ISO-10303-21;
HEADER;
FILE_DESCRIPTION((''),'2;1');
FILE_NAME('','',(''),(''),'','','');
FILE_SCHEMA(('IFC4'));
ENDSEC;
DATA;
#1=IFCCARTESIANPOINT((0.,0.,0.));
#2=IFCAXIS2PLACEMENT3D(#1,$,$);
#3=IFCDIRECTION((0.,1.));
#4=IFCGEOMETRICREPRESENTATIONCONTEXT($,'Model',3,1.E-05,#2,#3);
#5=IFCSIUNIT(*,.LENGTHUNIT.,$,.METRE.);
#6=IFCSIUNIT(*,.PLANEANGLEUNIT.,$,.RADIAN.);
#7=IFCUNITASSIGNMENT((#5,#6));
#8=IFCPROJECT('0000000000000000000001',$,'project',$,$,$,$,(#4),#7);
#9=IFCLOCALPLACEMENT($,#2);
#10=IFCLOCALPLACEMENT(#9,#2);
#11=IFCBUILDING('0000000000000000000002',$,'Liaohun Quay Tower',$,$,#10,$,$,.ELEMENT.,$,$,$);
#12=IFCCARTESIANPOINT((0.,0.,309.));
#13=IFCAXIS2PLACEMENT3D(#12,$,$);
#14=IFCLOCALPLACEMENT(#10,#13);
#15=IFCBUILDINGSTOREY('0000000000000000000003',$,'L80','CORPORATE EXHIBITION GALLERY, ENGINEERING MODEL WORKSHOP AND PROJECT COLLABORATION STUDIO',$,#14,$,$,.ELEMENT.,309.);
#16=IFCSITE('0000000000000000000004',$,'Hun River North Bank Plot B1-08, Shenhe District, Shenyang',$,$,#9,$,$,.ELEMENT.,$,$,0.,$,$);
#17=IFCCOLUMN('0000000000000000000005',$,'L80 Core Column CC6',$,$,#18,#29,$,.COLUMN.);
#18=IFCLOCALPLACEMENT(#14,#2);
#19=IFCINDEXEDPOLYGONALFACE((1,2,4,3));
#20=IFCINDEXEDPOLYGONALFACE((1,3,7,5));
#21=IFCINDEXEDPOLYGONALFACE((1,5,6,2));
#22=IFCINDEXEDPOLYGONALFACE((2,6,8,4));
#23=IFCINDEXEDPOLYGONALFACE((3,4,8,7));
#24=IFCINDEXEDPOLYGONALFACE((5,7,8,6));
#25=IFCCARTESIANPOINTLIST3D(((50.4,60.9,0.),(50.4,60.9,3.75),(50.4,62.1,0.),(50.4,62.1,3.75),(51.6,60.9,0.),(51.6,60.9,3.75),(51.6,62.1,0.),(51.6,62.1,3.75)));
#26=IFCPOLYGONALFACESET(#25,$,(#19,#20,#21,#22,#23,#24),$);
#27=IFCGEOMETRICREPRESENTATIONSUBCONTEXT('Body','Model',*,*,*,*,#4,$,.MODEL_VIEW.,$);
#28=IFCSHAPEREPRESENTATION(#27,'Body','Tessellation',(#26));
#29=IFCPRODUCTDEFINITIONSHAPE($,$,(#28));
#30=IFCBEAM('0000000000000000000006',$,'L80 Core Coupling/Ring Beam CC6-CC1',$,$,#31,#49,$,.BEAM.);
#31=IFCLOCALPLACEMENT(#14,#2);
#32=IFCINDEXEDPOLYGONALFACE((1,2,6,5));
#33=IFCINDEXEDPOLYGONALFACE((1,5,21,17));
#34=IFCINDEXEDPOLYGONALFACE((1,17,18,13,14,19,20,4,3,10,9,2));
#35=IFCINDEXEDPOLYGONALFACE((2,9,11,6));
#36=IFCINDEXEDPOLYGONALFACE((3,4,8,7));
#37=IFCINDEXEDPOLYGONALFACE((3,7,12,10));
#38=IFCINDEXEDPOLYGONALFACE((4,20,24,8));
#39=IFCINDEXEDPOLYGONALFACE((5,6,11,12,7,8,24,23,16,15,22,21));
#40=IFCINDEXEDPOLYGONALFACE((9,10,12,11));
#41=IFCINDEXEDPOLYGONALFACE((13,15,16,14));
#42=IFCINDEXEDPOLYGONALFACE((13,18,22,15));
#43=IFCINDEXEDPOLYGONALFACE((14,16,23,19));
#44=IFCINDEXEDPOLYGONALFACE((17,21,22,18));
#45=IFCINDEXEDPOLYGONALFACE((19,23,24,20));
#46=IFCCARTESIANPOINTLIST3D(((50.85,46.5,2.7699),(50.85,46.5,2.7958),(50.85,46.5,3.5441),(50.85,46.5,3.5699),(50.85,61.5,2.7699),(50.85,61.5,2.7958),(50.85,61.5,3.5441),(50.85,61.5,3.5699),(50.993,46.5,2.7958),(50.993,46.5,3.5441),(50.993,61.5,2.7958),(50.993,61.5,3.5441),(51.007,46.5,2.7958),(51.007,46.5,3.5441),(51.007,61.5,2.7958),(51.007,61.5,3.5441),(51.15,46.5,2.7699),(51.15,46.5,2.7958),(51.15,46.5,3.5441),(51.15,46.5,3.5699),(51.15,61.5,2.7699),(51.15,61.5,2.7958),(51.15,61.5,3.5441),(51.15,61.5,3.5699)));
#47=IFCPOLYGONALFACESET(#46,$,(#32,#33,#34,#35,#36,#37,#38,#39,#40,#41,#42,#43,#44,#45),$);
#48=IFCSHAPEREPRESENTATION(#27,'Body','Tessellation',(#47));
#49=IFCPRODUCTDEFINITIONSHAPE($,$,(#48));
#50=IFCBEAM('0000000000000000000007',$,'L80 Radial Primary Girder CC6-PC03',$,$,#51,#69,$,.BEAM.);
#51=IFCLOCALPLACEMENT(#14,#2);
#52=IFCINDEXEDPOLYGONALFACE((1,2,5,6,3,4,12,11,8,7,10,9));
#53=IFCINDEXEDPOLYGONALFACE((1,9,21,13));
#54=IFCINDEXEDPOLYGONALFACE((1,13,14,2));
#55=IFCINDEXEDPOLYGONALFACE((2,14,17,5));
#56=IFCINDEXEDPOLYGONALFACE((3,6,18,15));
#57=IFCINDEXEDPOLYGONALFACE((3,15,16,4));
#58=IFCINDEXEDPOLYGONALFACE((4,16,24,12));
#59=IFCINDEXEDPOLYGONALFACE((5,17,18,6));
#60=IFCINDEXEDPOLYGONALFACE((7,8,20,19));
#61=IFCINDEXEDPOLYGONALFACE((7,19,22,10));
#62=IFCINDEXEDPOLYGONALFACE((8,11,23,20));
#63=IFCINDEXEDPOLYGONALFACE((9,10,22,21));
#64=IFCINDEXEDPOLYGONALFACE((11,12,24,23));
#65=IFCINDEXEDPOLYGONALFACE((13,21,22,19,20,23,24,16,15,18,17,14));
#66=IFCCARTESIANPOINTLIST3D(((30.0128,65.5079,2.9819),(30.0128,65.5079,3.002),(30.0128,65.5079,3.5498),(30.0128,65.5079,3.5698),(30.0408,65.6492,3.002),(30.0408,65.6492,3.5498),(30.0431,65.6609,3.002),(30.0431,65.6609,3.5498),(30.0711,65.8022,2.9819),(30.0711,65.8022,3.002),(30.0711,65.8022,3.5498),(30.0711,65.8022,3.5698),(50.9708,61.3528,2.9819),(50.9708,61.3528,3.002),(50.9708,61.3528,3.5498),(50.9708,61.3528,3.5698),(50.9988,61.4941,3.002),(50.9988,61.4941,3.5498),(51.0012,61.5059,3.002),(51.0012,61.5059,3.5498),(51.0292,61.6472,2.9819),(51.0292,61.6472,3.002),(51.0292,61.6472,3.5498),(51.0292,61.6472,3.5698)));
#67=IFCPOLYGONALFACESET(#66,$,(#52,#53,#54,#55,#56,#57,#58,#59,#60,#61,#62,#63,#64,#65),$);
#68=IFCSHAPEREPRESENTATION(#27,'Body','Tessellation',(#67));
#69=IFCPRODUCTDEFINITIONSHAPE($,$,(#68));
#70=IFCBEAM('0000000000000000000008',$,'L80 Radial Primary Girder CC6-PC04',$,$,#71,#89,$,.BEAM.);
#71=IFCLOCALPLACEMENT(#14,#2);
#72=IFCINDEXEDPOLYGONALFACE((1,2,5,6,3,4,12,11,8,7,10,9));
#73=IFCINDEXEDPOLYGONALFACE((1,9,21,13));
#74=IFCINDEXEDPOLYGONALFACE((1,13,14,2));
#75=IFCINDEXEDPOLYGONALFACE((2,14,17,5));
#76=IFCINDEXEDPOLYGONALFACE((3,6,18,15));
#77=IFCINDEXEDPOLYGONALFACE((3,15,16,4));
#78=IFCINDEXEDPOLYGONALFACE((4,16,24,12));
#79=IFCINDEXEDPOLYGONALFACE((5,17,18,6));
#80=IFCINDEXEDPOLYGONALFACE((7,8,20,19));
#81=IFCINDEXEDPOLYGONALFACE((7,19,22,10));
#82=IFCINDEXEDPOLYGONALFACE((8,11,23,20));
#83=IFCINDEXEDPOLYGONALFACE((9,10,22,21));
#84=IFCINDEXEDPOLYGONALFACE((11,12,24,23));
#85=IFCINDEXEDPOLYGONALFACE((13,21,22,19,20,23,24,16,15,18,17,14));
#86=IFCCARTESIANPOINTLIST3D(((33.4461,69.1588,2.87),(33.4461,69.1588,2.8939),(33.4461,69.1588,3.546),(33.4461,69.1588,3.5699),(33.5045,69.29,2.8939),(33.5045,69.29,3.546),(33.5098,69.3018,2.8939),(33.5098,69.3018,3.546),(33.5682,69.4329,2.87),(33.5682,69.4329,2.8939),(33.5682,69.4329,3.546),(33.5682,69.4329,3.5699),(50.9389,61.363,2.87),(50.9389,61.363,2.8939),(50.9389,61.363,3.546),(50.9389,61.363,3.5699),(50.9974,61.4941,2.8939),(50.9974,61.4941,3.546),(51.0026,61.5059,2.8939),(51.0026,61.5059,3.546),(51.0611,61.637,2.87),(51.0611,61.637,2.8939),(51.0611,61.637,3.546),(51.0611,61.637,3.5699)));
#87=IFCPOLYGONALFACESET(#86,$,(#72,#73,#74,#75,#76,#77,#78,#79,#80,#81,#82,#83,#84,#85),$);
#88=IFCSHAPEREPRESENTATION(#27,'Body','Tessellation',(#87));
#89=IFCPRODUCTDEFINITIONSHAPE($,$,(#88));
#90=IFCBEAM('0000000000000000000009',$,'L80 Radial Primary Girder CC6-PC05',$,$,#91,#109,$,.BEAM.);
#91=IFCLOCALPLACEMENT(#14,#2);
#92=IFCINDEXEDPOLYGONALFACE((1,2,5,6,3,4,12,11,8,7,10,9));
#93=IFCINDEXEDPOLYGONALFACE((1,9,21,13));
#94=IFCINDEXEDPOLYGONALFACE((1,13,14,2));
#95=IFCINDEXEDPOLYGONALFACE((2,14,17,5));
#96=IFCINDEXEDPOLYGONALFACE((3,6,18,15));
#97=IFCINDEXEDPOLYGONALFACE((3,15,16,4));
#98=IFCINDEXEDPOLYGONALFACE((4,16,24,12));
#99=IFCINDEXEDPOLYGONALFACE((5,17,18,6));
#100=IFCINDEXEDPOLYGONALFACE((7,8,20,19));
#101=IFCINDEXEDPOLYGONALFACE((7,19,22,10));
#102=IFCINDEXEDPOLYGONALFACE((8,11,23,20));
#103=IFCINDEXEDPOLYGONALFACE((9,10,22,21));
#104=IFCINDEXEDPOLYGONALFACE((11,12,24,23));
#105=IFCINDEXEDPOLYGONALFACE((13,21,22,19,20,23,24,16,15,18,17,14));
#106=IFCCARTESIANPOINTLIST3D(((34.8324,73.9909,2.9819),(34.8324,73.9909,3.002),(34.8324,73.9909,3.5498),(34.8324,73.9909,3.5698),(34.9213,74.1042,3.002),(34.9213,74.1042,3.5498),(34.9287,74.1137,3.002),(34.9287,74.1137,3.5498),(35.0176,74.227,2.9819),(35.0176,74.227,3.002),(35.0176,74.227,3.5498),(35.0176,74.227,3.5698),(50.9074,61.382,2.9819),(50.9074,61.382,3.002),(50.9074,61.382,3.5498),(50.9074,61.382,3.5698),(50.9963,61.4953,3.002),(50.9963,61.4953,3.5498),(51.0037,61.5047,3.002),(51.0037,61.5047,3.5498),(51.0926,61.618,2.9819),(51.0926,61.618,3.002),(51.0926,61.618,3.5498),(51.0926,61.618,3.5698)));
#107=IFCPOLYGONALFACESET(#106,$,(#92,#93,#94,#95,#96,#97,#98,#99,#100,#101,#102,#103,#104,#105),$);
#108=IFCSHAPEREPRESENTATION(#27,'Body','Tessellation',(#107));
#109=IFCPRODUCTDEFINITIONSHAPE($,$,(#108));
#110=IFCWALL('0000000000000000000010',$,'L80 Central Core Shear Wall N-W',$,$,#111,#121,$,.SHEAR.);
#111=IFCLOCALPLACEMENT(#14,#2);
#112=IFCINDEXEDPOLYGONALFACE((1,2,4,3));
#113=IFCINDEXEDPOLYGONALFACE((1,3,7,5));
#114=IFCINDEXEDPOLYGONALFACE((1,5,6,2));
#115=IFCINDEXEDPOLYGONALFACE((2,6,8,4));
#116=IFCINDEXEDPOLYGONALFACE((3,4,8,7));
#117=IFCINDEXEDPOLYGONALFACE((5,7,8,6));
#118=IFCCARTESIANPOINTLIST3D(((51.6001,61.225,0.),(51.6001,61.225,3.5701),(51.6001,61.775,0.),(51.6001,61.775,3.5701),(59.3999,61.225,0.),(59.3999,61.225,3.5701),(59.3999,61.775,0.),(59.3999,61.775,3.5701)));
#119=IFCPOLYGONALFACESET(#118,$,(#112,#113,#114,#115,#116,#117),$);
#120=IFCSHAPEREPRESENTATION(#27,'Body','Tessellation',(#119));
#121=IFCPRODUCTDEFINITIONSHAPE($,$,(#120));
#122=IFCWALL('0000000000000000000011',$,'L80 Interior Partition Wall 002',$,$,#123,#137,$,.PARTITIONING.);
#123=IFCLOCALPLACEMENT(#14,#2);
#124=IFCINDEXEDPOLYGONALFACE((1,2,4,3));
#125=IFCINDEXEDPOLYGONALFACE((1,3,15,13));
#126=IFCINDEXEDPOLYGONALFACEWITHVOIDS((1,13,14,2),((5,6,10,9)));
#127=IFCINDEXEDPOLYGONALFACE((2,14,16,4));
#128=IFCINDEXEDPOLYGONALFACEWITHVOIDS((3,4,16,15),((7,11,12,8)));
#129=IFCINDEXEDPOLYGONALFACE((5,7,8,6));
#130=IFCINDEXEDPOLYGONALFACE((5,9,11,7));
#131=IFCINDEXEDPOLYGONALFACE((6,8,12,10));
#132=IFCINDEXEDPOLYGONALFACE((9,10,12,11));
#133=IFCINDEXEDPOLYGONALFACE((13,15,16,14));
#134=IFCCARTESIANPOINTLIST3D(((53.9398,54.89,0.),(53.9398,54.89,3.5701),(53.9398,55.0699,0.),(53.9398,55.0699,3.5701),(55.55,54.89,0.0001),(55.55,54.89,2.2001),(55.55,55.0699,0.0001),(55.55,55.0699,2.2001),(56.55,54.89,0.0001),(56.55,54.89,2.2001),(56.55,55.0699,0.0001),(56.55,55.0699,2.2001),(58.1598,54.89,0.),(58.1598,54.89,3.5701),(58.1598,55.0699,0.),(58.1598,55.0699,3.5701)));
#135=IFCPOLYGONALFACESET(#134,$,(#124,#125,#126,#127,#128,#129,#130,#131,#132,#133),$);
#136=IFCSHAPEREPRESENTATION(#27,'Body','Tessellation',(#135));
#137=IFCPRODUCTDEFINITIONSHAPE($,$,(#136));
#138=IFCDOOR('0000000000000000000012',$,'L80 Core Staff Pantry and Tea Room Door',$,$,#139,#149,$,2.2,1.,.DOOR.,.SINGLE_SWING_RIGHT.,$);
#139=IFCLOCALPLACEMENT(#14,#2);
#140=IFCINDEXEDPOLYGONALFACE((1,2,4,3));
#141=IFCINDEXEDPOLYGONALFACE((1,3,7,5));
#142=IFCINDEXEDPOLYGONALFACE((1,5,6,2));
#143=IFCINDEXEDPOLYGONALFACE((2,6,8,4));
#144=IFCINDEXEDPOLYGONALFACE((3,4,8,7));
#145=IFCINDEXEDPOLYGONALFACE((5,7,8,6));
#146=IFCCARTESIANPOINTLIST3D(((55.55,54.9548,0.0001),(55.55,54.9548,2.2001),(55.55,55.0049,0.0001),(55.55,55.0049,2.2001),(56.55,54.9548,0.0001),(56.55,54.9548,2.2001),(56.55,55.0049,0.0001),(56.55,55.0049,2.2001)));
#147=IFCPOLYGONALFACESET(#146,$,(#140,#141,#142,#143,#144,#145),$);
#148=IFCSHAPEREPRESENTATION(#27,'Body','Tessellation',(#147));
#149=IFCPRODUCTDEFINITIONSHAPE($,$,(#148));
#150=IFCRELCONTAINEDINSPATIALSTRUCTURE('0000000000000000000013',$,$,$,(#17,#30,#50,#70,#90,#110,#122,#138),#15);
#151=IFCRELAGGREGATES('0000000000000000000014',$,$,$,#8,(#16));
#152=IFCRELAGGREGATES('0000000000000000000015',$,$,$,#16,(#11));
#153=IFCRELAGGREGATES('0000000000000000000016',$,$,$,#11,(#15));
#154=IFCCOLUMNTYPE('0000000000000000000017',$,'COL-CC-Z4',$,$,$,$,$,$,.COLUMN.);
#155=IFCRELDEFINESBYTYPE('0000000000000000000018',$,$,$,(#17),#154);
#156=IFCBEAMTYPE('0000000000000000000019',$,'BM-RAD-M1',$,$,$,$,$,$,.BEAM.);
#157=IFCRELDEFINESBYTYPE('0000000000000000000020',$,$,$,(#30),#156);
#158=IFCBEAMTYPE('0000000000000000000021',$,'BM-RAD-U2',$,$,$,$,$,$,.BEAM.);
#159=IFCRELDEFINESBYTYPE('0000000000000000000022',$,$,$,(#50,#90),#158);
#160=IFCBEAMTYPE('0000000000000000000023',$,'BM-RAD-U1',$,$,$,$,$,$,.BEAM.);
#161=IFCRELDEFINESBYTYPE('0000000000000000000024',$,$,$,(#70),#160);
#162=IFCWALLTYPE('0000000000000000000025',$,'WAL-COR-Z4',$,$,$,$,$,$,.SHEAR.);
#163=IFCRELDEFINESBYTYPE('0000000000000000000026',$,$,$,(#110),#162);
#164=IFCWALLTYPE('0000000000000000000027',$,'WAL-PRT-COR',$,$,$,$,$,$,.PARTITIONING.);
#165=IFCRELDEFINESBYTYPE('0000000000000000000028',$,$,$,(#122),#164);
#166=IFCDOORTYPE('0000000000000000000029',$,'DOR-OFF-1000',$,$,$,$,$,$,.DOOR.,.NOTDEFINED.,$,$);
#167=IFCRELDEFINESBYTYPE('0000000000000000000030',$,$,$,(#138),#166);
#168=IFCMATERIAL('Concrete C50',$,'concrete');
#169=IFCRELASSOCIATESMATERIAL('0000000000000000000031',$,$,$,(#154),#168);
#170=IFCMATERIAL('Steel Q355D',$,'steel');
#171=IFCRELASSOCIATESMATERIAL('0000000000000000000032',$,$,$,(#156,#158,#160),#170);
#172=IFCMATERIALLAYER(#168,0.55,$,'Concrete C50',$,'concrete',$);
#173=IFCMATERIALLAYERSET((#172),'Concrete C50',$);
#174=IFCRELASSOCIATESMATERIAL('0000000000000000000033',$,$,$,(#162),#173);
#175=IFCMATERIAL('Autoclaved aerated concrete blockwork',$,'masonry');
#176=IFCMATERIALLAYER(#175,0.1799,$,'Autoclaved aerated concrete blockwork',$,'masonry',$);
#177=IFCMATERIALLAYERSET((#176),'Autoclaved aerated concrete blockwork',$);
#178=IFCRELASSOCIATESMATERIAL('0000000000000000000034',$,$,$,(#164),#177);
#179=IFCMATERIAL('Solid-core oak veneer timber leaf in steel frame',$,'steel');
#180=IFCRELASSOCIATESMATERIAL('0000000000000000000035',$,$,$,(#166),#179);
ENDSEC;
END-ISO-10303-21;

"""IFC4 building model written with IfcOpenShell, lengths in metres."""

from ifc_helpers import new_model, si_unit, direction, frame, frame_2d, origin, origin_2d, place, context, subcontext, project, spatial, rectangle, i_section, extrude, source, transform, mapped, material, layer, layer_set, material_profile, profile_set, type_object, element, fill, save


model = new_model("IFC4")

# Units and contexts
model_context = context("Model", 3, precision=1e-05, world=origin(), true_north=direction((0.0, 1.0)))
body_context = subcontext(model_context, "Body", "Model", "MODEL_VIEW")
ifc_project = project(units=[si_unit("LENGTHUNIT", "METRE"), si_unit("PLANEANGLEUNIT", "RADIAN")], contexts=[model_context])

# Site, building, storey
site_placement = place(None, origin())
site = spatial("IfcSite", under=ifc_project, at=site_placement, Name="Hun River North Bank Plot B1-08, Shenhe District, Shenyang", CompositionType="ELEMENT", RefElevation=0.0)
building_placement = place(site_placement, origin())
building = spatial("IfcBuilding", under=site, at=building_placement, Name="Liaohun Quay Tower", CompositionType="ELEMENT")
storey_placement = place(building_placement, frame((0.0, 0.0, 309.0)))
storey = spatial("IfcBuildingStorey", under=building, at=storey_placement, Name="L80", Description="CORPORATE EXHIBITION GALLERY, ENGINEERING MODEL WORKSHOP AND PROJECT COLLABORATION STUDIO", CompositionType="ELEMENT", Elevation=309.0)

# Column
ifc_material_1 = material(Name="Concrete C50", Category="concrete")
ifc_material_profile_1 = material_profile(ifc_material_1, rectangle(XDim=1.2, YDim=1.2, at=origin_2d()), Name="RC1200x1200")
ifc_profile_set_1 = profile_set([ifc_material_profile_1], Name="Concrete C50")
column_type = type_object("IfcColumnType", Name="COL-CC-Z4", PredefinedType="COLUMN", material=ifc_profile_set_1)
shared_shape_1 = source(origin(), body_context, "Body", "SweptSolid", [
    extrude(rectangle(XDim=1.2, YDim=1.2, at=origin_2d()), origin(), (0.0, 0.0, 1.0), 3.75),
])
column_placement = place(storey_placement, frame((51.0, 61.5, 0.0), z_axis=(0.0, 0.0, 1.0), x_axis=(1.0, 0.0, 0.0)))
element("IfcColumn", 1, at=column_placement, inside=storey, type_object=column_type, Name="L80 Core Column CC6", PredefinedType="COLUMN", context=body_context, shape_type="MappedRepresentation", body=[
    mapped(shared_shape_1, transform((0.0, 0.0, 0.0), x_axis=(1.0, 0.0, 0.0), y_axis=(0.0, 1.0, 0.0), z_axis=(0.0, 0.0, 1.0), scale=1.0)),
])

# Beams
ifc_material_2 = material(Name="Steel Q355D", Category="steel")
ifc_material_profile_2 = material_profile(ifc_material_2, i_section(OverallWidth=0.3, OverallDepth=0.8, WebThickness=0.0139, FlangeThickness=0.0259, at=origin_2d()), Name="HN800x300x14x26")
ifc_profile_set_2 = profile_set([ifc_material_profile_2], Name="Steel Q355D")
beam_type_1 = type_object("IfcBeamType", Name="BM-RAD-M1", PredefinedType="BEAM", material=ifc_profile_set_2)
shared_shape_2 = source(origin(), body_context, "Body", "SweptSolid", [
    extrude(i_section(OverallWidth=0.3, OverallDepth=0.8, WebThickness=0.0139, FlangeThickness=0.0259, at=origin_2d()), origin(), (0.0, 0.0, 1.0), 15.0),
])
beam_1_placement = place(storey_placement, frame((51.0, 61.5, 3.1699), z_axis=(0.0, -1.0, 0.0), x_axis=(1.0, 0.0, 0.0)))
element("IfcBeam", 2, at=beam_1_placement, inside=storey, type_object=beam_type_1, Name="L80 Core Coupling/Ring Beam CC6-CC1", PredefinedType="BEAM", context=body_context, shape_type="MappedRepresentation", body=[
    mapped(shared_shape_2, transform((0.0, 0.0, 0.0), x_axis=(1.0, 0.0, 0.0), y_axis=(0.0, 1.0, 0.0), z_axis=(0.0, 0.0, 1.0), scale=1.0)),
])
ifc_material_profile_3 = material_profile(ifc_material_2, i_section(OverallWidth=0.3, OverallDepth=0.5879, WebThickness=0.012, FlangeThickness=0.02, at=origin_2d()), Name="HM588x300x12x20")
ifc_profile_set_3 = profile_set([ifc_material_profile_3], Name="Steel Q355D")
beam_type_2 = type_object("IfcBeamType", Name="BM-RAD-U2", PredefinedType="BEAM", material=ifc_profile_set_3)
shared_shape_3 = source(origin(), body_context, "Body", "SweptSolid", [
    extrude(i_section(OverallWidth=0.3, OverallDepth=0.5879, WebThickness=0.012, FlangeThickness=0.02, at=origin_2d()), origin(), (0.0, 0.0, 1.0), 21.366),
])
beam_2_placement = place(storey_placement, frame((51.0, 61.5, 3.2759), z_axis=(-0.980908, 0.19447, 0.0), x_axis=(-0.19447, -0.980908, 0.0)))
element("IfcBeam", 3, at=beam_2_placement, inside=storey, type_object=beam_type_2, Name="L80 Radial Primary Girder CC6-PC03", PredefinedType="BEAM", context=body_context, shape_type="MappedRepresentation", body=[
    mapped(shared_shape_3, transform((0.0, 0.0, 0.0), x_axis=(1.0, 0.0, 0.0), y_axis=(0.0, 1.0, 0.0), z_axis=(0.0, 0.0, 1.0), scale=1.0)),
])
ifc_material_profile_4 = material_profile(ifc_material_2, i_section(OverallWidth=0.3, OverallDepth=0.7, WebThickness=0.0129, FlangeThickness=0.0239, at=origin_2d()), Name="HN700x300x13x24")
ifc_profile_set_4 = profile_set([ifc_material_profile_4], Name="Steel Q355D")
beam_type_3 = type_object("IfcBeamType", Name="BM-RAD-U1", PredefinedType="BEAM", material=ifc_profile_set_4)
shared_shape_4 = source(origin(), body_context, "Body", "SweptSolid", [
    extrude(i_section(OverallWidth=0.3, OverallDepth=0.7, WebThickness=0.0129, FlangeThickness=0.0239, at=origin_2d()), origin(), (0.0, 0.0, 1.0), 19.1514),
])
beam_3_placement = place(storey_placement, frame((51.0, 61.5, 3.22), z_axis=(-0.913399, 0.407066, 0.0), x_axis=(-0.407066, -0.913399, 0.0)))
element("IfcBeam", 4, at=beam_3_placement, inside=storey, type_object=beam_type_3, Name="L80 Radial Primary Girder CC6-PC04", PredefinedType="BEAM", context=body_context, shape_type="MappedRepresentation", body=[
    mapped(shared_shape_4, transform((0.0, 0.0, 0.0), x_axis=(1.0, 0.0, 0.0), y_axis=(0.0, 1.0, 0.0), z_axis=(0.0, 0.0, 1.0), scale=1.0)),
])
shared_shape_5 = source(origin(), body_context, "Body", "SweptSolid", [
    extrude(i_section(OverallWidth=0.3, OverallDepth=0.5879, WebThickness=0.012, FlangeThickness=0.02, at=origin_2d()), origin(), (0.0, 0.0, 1.0), 20.4302),
])
beam_4_placement = place(storey_placement, frame((51.0, 61.5, 3.2759), z_axis=(-0.786828, 0.617173, 0.0), x_axis=(-0.617173, -0.786828, 0.0)))
element("IfcBeam", 5, at=beam_4_placement, inside=storey, type_object=beam_type_2, Name="L80 Radial Primary Girder CC6-PC05", PredefinedType="BEAM", context=body_context, shape_type="MappedRepresentation", body=[
    mapped(shared_shape_5, transform((0.0, 0.0, 0.0), x_axis=(1.0, 0.0, 0.0), y_axis=(0.0, 1.0, 0.0), z_axis=(0.0, 0.0, 1.0), scale=1.0)),
])

# Wall
ifc_layer_1 = layer(ifc_material_1, 0.55, Name="Concrete C50", Category="concrete")
ifc_layer_set_1 = layer_set([ifc_layer_1], Name="Concrete C50")
wall_type_1 = type_object("IfcWallType", Name="WAL-COR-Z4", PredefinedType="SHEAR", material=ifc_layer_set_1)
wall_1_placement = place(storey_placement, frame((51.6001, 61.5, 0.0), z_axis=(0.0, 0.0, 1.0), x_axis=(1.0, 0.0, 0.0)))
element("IfcWall", 6, at=wall_1_placement, inside=storey, type_object=wall_type_1, Name="L80 Central Core Shear Wall N-W", PredefinedType="SHEAR", context=body_context, shape_type="SweptSolid", body=[
    extrude(rectangle(XDim=7.7998, YDim=0.55, at=frame_2d((3.8999, 0.0))), origin(), (0.0, 0.0, 1.0), 3.5701),
])

# Wall, opening, door
ifc_material_3 = material(Name="Autoclaved aerated concrete blockwork", Category="masonry")
ifc_layer_2 = layer(ifc_material_3, 0.1799, Name="Autoclaved aerated concrete blockwork", Category="masonry")
ifc_layer_set_2 = layer_set([ifc_layer_2], Name="Autoclaved aerated concrete blockwork")
wall_type_2 = type_object("IfcWallType", Name="WAL-PRT-COR", PredefinedType="PARTITIONING", material=ifc_layer_set_2)
wall_2_placement = place(storey_placement, frame((53.9399, 54.98, 0.0), z_axis=(0.0, 0.0, 1.0), x_axis=(1.0, 0.0, 0.0)))
wall_2 = element("IfcWall", 7, at=wall_2_placement, inside=storey, type_object=wall_type_2, Name="L80 Interior Partition Wall 002", PredefinedType="PARTITIONING", context=body_context, shape_type="SweptSolid", body=[
    extrude(rectangle(XDim=4.22, YDim=0.1799, at=frame_2d((2.1099, 0.0))), origin(), (0.0, 0.0, 1.0), 3.5701),
])
shared_shape_6 = source(origin(), body_context, "Body", "SweptSolid", [
    extrude(rectangle(XDim=1.0, YDim=2.2, at=frame_2d((0.5, 1.1001))), frame((0.0, 0.0999, 0.0), z_axis=(0.0, -1.0, 0.0), x_axis=(1.0, 0.0, 0.0)), (0.0, 0.0, 1.0), 0.2),
])
opening_1_placement = place(wall_2_placement, frame((1.6101, 0.0, 0.0)))
opening_1 = element("IfcOpeningElement", 8, at=opening_1_placement, cuts=wall_2, PredefinedType="OPENING", context=body_context, shape_type="MappedRepresentation", body=[
    mapped(shared_shape_6, transform((0.0, 0.0, 0.0), x_axis=(1.0, 0.0, 0.0), y_axis=(0.0, 1.0, 0.0), z_axis=(0.0, 0.0, 1.0), scale=1.0)),
])
ifc_material_4 = material(Name="Solid-core oak veneer timber leaf in steel frame", Category="steel")
door_type_1 = type_object("IfcDoorType", Name="DOR-OFF-1000", OperationType="NOTDEFINED", PredefinedType="DOOR", material=ifc_material_4)
shared_shape_7 = source(origin(), body_context, "Body", "SweptSolid", [
    extrude(rectangle(XDim=1.0, YDim=2.2, at=frame_2d((0.5, 1.1001))), frame((0.0, 0.0249, 0.0), z_axis=(0.0, -1.0, 0.0), x_axis=(1.0, 0.0, 0.0)), (0.0, 0.0, 1.0), 0.05),
])
door_1_placement = place(opening_1_placement, origin())
door_1 = element("IfcDoor", 9, at=door_1_placement, inside=storey, type_object=door_type_1, Name="L80 Core Staff Pantry and Tea Room Door", OperationType="SINGLE_SWING_RIGHT", OverallHeight=2.2, OverallWidth=1.0, PredefinedType="DOOR", context=body_context, shape_type="MappedRepresentation", body=[
    mapped(shared_shape_7, transform((0.0, 0.0, 0.0), x_axis=(1.0, 0.0, 0.0), y_axis=(0.0, 1.0, 0.0), z_axis=(0.0, 0.0, 1.0), scale=1.0)),
])
fill(opening_1, door_1)

save(model, "model.ifc")
